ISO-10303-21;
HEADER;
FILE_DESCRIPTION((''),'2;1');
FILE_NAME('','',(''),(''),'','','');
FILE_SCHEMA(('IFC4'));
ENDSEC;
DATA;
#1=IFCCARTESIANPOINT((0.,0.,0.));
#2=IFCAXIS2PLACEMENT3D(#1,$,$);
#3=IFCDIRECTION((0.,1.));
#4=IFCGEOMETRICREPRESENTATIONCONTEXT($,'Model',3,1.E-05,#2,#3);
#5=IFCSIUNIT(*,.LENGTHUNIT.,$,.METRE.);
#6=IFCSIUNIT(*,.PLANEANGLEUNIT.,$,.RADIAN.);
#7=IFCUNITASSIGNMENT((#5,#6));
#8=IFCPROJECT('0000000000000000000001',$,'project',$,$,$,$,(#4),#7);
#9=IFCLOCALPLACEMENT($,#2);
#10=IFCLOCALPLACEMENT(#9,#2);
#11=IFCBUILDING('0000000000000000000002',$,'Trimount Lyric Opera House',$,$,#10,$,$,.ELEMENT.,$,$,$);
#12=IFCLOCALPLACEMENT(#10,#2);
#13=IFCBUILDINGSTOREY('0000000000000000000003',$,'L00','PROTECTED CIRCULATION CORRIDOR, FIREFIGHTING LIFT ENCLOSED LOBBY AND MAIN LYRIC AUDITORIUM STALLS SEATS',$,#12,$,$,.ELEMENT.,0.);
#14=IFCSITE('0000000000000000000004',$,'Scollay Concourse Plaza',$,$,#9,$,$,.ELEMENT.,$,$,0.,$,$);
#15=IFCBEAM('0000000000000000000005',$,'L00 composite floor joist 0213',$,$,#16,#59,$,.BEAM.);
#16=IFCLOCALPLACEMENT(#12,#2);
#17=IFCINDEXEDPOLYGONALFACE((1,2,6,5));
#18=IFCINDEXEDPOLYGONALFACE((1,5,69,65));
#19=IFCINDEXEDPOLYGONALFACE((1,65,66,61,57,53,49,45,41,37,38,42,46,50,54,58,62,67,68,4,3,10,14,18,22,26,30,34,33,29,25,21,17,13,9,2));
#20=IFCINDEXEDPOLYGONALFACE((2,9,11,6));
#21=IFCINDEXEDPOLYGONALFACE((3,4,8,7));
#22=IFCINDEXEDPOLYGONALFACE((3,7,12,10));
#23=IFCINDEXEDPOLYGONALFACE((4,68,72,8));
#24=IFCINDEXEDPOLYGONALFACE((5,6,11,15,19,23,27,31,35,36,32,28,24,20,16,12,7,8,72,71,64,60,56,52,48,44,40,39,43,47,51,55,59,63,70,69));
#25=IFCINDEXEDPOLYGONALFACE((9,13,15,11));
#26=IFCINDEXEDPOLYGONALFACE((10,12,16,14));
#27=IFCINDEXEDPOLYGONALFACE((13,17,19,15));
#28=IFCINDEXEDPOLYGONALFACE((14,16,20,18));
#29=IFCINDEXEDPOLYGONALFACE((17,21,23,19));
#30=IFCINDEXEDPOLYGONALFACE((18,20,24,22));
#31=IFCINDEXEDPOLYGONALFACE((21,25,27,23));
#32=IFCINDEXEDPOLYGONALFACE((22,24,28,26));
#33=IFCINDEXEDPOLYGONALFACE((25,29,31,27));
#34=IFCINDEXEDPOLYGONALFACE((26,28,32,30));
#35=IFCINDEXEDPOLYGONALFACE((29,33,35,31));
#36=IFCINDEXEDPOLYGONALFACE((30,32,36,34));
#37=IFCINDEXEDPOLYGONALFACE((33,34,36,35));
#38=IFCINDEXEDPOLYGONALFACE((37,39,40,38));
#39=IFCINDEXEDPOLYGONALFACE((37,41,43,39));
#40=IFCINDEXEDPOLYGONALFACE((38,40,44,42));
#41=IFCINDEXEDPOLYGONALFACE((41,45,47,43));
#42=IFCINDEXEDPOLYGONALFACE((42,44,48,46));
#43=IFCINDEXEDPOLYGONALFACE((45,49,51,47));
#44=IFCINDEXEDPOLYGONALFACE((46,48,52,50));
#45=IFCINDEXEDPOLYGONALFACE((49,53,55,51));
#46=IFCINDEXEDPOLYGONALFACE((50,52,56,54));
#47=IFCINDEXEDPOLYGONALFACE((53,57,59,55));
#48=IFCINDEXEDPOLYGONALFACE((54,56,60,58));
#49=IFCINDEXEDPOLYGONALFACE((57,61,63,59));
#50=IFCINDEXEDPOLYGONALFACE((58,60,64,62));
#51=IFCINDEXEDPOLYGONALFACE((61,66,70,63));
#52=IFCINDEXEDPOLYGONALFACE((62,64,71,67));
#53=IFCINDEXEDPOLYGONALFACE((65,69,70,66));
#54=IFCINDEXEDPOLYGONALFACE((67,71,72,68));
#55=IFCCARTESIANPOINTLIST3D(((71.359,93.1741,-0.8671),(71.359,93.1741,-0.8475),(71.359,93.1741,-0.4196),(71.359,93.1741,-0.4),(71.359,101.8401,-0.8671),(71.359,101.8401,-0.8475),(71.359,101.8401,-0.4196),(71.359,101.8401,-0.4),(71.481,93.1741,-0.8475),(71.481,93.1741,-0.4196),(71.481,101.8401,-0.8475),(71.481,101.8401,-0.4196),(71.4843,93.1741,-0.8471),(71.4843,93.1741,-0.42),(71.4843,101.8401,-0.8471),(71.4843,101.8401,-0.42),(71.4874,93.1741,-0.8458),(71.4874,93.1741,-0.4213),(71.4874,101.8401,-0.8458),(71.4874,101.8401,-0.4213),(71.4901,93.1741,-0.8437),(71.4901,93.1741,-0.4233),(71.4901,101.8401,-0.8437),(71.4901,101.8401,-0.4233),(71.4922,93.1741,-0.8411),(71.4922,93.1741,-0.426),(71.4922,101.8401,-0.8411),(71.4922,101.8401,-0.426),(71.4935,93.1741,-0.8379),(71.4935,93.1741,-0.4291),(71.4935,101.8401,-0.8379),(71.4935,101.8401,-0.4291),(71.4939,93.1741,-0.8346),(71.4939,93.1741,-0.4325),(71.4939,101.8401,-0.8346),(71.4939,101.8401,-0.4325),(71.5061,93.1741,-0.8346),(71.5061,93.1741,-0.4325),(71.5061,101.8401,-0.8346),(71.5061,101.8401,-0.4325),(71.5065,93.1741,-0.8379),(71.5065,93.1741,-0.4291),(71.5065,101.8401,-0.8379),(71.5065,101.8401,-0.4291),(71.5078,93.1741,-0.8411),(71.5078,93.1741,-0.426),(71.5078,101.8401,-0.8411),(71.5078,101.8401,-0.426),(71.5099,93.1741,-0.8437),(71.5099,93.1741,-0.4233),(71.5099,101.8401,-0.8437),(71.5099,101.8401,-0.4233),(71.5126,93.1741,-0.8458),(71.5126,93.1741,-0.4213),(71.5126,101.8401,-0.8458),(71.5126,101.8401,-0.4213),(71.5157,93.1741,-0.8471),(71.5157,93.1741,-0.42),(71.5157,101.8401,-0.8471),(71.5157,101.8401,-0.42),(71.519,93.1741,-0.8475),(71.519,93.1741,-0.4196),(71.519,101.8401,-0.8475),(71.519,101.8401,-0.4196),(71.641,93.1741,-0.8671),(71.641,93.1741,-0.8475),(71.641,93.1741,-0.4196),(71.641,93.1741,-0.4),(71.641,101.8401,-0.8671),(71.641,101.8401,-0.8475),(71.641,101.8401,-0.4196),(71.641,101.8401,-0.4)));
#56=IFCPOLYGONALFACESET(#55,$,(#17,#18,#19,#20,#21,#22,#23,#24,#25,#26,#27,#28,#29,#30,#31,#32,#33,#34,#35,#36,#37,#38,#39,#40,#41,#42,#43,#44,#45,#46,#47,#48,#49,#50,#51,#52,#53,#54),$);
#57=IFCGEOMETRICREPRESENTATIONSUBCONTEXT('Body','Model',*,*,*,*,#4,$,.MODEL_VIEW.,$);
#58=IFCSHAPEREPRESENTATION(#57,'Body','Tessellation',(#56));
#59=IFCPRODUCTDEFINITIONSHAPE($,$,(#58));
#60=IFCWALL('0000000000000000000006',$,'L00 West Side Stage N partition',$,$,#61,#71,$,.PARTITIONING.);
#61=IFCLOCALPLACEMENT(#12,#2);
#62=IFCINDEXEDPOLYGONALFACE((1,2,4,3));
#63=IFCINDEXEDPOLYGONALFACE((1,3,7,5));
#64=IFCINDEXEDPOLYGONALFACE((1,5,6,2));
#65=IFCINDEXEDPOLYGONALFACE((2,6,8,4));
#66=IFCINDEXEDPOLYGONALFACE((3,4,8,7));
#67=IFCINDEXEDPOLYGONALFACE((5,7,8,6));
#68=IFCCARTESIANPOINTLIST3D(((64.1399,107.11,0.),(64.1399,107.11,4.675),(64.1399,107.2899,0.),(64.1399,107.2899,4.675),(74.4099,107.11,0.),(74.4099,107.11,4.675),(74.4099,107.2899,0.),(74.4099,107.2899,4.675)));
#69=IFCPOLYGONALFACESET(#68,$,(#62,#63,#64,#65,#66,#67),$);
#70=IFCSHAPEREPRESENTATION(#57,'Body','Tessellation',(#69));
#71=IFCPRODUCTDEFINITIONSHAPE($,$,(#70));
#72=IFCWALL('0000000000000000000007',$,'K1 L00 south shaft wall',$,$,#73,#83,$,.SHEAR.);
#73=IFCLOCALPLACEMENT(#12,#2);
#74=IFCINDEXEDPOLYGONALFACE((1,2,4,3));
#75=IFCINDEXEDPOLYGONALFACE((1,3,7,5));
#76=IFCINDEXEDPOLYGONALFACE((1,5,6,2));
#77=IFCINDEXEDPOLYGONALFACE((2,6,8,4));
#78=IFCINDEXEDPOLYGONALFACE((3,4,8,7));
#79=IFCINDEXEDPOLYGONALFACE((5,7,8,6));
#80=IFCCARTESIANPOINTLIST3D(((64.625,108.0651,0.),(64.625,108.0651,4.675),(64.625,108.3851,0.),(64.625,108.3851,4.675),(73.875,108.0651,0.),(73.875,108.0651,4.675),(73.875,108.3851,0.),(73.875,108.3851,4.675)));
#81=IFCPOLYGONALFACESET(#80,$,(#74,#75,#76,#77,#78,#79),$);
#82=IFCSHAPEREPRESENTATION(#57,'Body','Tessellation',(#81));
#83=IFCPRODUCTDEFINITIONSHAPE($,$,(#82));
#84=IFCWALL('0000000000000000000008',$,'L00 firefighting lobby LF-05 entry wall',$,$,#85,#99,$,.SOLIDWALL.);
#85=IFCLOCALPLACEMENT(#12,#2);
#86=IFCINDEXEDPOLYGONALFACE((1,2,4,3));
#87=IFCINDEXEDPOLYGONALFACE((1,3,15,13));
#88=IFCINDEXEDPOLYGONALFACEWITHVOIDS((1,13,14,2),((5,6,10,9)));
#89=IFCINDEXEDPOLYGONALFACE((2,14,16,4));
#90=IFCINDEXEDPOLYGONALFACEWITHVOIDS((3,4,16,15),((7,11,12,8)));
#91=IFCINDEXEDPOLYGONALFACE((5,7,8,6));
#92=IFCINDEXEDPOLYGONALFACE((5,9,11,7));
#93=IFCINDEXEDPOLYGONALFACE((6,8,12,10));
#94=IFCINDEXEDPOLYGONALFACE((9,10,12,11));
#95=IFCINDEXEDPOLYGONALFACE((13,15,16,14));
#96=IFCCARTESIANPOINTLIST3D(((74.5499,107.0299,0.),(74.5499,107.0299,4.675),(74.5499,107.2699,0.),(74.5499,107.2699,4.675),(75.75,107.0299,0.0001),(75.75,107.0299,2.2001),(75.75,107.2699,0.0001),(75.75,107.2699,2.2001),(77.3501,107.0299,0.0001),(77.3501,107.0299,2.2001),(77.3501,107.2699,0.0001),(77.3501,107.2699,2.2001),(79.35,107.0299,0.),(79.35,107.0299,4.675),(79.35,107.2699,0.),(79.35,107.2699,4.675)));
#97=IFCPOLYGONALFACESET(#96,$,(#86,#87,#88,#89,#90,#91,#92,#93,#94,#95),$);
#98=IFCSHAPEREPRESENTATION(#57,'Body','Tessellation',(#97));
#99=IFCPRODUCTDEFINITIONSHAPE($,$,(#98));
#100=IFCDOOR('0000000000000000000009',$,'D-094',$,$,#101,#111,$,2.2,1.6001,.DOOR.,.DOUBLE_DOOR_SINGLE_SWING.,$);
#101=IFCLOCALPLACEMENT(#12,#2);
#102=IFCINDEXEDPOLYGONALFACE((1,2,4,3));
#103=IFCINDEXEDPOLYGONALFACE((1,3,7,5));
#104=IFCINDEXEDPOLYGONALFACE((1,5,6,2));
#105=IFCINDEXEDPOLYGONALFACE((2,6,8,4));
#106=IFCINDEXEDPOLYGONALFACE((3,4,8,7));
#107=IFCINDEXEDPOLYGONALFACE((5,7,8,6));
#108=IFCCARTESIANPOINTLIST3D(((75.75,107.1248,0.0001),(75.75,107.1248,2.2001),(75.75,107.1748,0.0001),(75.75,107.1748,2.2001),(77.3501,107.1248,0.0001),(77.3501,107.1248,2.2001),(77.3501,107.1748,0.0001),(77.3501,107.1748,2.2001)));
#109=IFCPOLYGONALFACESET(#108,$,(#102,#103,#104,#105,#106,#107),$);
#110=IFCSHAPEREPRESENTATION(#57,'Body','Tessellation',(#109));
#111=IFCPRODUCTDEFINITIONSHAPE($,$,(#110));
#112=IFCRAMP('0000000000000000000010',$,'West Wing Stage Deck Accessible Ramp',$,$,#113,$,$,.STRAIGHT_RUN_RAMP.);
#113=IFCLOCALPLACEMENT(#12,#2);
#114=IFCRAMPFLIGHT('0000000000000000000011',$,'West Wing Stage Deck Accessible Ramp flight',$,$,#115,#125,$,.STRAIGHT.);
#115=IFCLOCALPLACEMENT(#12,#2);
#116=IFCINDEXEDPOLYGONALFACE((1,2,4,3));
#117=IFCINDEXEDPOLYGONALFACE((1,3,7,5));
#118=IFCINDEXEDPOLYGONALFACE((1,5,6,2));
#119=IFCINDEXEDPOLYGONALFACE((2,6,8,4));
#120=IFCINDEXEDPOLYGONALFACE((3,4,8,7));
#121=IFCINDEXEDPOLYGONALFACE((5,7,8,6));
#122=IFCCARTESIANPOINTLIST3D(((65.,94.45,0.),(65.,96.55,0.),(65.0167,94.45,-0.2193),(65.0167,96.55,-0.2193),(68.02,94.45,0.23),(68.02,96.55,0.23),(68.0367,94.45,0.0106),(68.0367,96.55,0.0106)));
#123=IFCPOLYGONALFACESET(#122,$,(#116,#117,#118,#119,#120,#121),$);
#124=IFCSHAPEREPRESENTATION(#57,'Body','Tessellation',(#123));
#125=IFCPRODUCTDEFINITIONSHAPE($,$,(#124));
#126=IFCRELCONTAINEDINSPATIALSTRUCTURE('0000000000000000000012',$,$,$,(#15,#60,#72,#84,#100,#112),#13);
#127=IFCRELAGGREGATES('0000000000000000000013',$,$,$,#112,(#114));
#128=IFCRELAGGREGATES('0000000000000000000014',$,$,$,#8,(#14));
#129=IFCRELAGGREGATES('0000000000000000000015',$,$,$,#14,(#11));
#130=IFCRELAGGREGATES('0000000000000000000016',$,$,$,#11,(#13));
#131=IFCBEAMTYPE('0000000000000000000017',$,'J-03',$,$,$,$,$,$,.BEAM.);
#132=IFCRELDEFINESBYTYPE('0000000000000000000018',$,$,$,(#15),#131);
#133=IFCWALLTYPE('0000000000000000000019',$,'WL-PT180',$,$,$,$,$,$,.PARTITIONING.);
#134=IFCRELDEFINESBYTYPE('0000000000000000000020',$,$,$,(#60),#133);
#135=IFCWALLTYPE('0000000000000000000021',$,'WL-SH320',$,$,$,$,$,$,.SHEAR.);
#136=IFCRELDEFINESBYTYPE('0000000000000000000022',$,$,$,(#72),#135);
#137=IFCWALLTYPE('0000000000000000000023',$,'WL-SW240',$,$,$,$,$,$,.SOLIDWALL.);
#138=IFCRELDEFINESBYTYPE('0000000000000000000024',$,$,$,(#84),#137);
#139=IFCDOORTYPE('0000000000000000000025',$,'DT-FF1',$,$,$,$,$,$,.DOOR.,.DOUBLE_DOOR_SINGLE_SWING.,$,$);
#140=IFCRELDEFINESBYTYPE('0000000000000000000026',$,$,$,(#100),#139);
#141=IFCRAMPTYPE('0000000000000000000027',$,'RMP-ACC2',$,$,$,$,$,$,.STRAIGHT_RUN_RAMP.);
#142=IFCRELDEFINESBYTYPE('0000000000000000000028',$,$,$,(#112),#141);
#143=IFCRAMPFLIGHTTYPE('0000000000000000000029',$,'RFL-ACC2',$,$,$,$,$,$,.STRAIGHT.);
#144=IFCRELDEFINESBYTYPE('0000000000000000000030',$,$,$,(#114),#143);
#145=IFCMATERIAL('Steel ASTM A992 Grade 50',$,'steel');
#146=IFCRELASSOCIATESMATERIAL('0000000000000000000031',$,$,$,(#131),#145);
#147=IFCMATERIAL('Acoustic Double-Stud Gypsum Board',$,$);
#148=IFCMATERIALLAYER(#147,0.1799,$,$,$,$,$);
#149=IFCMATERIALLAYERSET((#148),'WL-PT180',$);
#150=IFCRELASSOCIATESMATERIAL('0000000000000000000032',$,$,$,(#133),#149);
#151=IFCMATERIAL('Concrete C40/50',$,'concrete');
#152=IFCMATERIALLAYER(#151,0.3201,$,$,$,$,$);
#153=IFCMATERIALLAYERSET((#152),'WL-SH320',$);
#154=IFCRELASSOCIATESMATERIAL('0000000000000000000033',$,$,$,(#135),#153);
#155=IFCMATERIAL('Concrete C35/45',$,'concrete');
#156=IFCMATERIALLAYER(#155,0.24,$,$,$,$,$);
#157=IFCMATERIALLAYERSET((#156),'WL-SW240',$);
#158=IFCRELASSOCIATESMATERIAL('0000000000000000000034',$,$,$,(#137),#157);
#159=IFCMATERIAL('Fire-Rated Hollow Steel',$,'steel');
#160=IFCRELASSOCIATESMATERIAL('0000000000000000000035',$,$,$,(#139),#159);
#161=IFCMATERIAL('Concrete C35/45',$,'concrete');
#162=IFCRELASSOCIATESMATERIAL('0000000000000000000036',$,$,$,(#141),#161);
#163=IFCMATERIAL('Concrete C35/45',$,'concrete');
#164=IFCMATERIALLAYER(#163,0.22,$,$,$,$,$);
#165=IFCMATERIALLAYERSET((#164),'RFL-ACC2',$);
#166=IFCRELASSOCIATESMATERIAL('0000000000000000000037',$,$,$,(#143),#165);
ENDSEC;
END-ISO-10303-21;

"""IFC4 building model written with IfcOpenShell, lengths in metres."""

from ifc_helpers import new_model, si_unit, direction, frame, frame_2d, origin, origin_2d, place, context, subcontext, project, spatial, polyline, rectangle, i_section, outline, extrude, material, layer, layer_set, material_profile, profile_set, type_object, element, fill, aggregate, save


model = new_model("IFC4")

# Units and contexts
model_context = context("Model", 3, precision=1e-05, world=origin(), true_north=direction((0.0, 1.0)))
body_context = subcontext(model_context, "Body", "Model", "MODEL_VIEW")
ifc_project = project(units=[si_unit("LENGTHUNIT", "METRE"), si_unit("PLANEANGLEUNIT", "RADIAN")], contexts=[model_context])

# Site, building, storey
site_placement = place(None, origin())
site = spatial("IfcSite", under=ifc_project, at=site_placement, Name="Scollay Concourse Plaza", CompositionType="ELEMENT", RefElevation=0.0)
building_placement = place(site_placement, origin())
building = spatial("IfcBuilding", under=site, at=building_placement, Name="Trimount Lyric Opera House", CompositionType="ELEMENT")
storey_placement = place(building_placement, origin())
storey = spatial("IfcBuildingStorey", under=building, at=storey_placement, Name="L00", Description="PROTECTED CIRCULATION CORRIDOR, FIREFIGHTING LIFT ENCLOSED LOBBY AND MAIN LYRIC AUDITORIUM STALLS SEATS", CompositionType="ELEMENT", Elevation=0.0)

# Beam
ifc_material_1 = material(Name="Steel ASTM A992 Grade 50", Category="steel")
ifc_material_profile_1 = material_profile(ifc_material_1, i_section(OverallWidth=0.282, OverallDepth=0.467, WebThickness=0.0122, FlangeThickness=0.0195, FilletRadius=0.0129, at=origin_2d()), Name="W18X86")
ifc_profile_set_1 = profile_set([ifc_material_profile_1], Name="Steel ASTM A992 Grade 50")
beam_type_1 = type_object("IfcBeamType", Name="J-03", PredefinedType="BEAM", material=ifc_profile_set_1)
beam_1_placement = place(storey_placement, frame((71.5, 93.1741, -0.6335), z_axis=(0.0, 1.0, 0.0), x_axis=(-1.0, 0.0, 0.0)))
element("IfcBeam", 1, at=beam_1_placement, inside=storey, type_object=beam_type_1, Name="L00 composite floor joist 0213", PredefinedType="BEAM", context=body_context, shape_type="SweptSolid", body=[
    extrude(i_section(OverallWidth=0.282, OverallDepth=0.467, WebThickness=0.0122, FlangeThickness=0.0195, FilletRadius=0.0129, at=origin_2d()), origin(), (0.0, 0.0, 1.0), 8.666),
])

# Walls
ifc_material_2 = material(Name="Acoustic Double-Stud Gypsum Board")
ifc_layer_1 = layer(ifc_material_2, 0.1799)
ifc_layer_set_1 = layer_set([ifc_layer_1], Name="WL-PT180")
wall_type_1 = type_object("IfcWallType", Name="WL-PT180", PredefinedType="PARTITIONING", material=ifc_layer_set_1)
wall_1_placement = place(storey_placement, frame((74.4099, 107.2, 0.0), z_axis=(0.0, 0.0, 1.0), x_axis=(-1.0, 0.0, 0.0)))
element("IfcWall", 2, at=wall_1_placement, inside=storey, type_object=wall_type_1, Name="L00 West Side Stage N partition", PredefinedType="PARTITIONING", context=body_context, shape_type="SweptSolid", body=[
    extrude(rectangle(XDim=10.27, YDim=0.1799, at=frame_2d((5.135, 0.0))), origin(), (0.0, 0.0, 1.0), 4.675),
])
ifc_material_3 = material(Name="Concrete C40/50", Category="concrete")
ifc_layer_2 = layer(ifc_material_3, 0.3201)
ifc_layer_set_2 = layer_set([ifc_layer_2], Name="WL-SH320")
wall_type_2 = type_object("IfcWallType", Name="WL-SH320", PredefinedType="SHEAR", material=ifc_layer_set_2)
wall_2_placement = place(storey_placement, frame((64.625, 108.2251, 0.0), z_axis=(0.0, 0.0, 1.0), x_axis=(1.0, 0.0, 0.0)))
element("IfcWall", 3, at=wall_2_placement, inside=storey, type_object=wall_type_2, Name="K1 L00 south shaft wall", PredefinedType="SHEAR", context=body_context, shape_type="SweptSolid", body=[
    extrude(rectangle(XDim=9.25, YDim=0.3201, at=frame_2d((4.625, 0.0))), origin(), (0.0, 0.0, 1.0), 4.675),
])

# Wall, opening, door
ifc_material_4 = material(Name="Concrete C35/45", Category="concrete")
ifc_layer_3 = layer(ifc_material_4, 0.24)
ifc_layer_set_3 = layer_set([ifc_layer_3], Name="WL-SW240")
wall_type_3 = type_object("IfcWallType", Name="WL-SW240", PredefinedType="SOLIDWALL", material=ifc_layer_set_3)
wall_3_placement = place(storey_placement, frame((74.55, 107.1499, 0.0), z_axis=(0.0, 0.0, 1.0), x_axis=(1.0, 0.0, 0.0)))
wall_3 = element("IfcWall", 4, at=wall_3_placement, inside=storey, type_object=wall_type_3, Name="L00 firefighting lobby LF-05 entry wall", PredefinedType="SOLIDWALL", context=body_context, shape_type="SweptSolid", body=[
    extrude(rectangle(XDim=4.8, YDim=0.24, at=frame_2d((2.3999, 0.0))), origin(), (0.0, 0.0, 1.0), 4.675),
])
opening_placement = place(wall_3_placement, frame((1.2, 0.0, 0.0)))
opening = element("IfcOpeningElement", 5, at=opening_placement, cuts=wall_3, PredefinedType="OPENING", context=body_context, shape_type="SweptSolid", body=[
    extrude(rectangle(XDim=1.6001, YDim=2.2, at=frame_2d((0.8, 1.1001))), frame((0.0, 0.1299, 0.0), z_axis=(0.0, -1.0, 0.0), x_axis=(1.0, 0.0, 0.0)), (0.0, 0.0, 1.0), 0.26),
])
ifc_material_5 = material(Name="Fire-Rated Hollow Steel", Category="steel")
door_type = type_object("IfcDoorType", Name="DT-FF1", OperationType="DOUBLE_DOOR_SINGLE_SWING", PredefinedType="DOOR", material=ifc_material_5)
door_placement = place(opening_placement, origin())
door = element("IfcDoor", 6, at=door_placement, inside=storey, type_object=door_type, Name="D-094", OperationType="DOUBLE_DOOR_SINGLE_SWING", OverallHeight=2.2, OverallWidth=1.6001, PredefinedType="DOOR", context=body_context, shape_type="SweptSolid", body=[
    extrude(rectangle(XDim=1.6001, YDim=2.2, at=frame_2d((0.8, 1.1001))), frame((0.0, 0.0249, 0.0), z_axis=(0.0, -1.0, 0.0), x_axis=(1.0, 0.0, 0.0)), (0.0, 0.0, 1.0), 0.05),
])
fill(opening, door)

# Ramp, ramp flight
ifc_material_6 = material(Name="Concrete C35/45", Category="concrete")
ramp_type = type_object("IfcRampType", Name="RMP-ACC2", PredefinedType="STRAIGHT_RUN_RAMP", material=ifc_material_6)
ramp_placement = place(storey_placement, origin())
ramp = element("IfcRamp", 7, at=ramp_placement, inside=storey, type_object=ramp_type, Name="West Wing Stage Deck Accessible Ramp", PredefinedType="STRAIGHT_RUN_RAMP")
ifc_material_7 = material(Name="Concrete C35/45", Category="concrete")
ifc_layer_4 = layer(ifc_material_7, 0.22)
ifc_layer_set_4 = layer_set([ifc_layer_4], Name="RFL-ACC2")
ramp_flight_type = type_object("IfcRampFlightType", Name="RFL-ACC2", PredefinedType="STRAIGHT", material=ifc_layer_set_4)
ramp_flight_placement = place(storey_placement, frame((65.0, 94.45, 0.0), z_axis=(-0.075932, 0.0, 0.997113), x_axis=(0.997113, 0.0, 0.075932)))
ramp_flight = element("IfcRampFlight", 8, at=ramp_flight_placement, type_object=ramp_flight_type, Name="West Wing Stage Deck Accessible Ramp flight", PredefinedType="STRAIGHT", context=body_context, shape_type="SweptSolid", body=[
    extrude(outline(polyline([(0.0, 0.0), (3.0288, 0.0), (3.0288, 2.1001), (0.0, 2.1001), (0.0, 0.0)])), origin(), (0.0, 0.0, -1.0), 0.22),
])
aggregate(ramp, [ramp_flight])

save(model, "model.ifc")
